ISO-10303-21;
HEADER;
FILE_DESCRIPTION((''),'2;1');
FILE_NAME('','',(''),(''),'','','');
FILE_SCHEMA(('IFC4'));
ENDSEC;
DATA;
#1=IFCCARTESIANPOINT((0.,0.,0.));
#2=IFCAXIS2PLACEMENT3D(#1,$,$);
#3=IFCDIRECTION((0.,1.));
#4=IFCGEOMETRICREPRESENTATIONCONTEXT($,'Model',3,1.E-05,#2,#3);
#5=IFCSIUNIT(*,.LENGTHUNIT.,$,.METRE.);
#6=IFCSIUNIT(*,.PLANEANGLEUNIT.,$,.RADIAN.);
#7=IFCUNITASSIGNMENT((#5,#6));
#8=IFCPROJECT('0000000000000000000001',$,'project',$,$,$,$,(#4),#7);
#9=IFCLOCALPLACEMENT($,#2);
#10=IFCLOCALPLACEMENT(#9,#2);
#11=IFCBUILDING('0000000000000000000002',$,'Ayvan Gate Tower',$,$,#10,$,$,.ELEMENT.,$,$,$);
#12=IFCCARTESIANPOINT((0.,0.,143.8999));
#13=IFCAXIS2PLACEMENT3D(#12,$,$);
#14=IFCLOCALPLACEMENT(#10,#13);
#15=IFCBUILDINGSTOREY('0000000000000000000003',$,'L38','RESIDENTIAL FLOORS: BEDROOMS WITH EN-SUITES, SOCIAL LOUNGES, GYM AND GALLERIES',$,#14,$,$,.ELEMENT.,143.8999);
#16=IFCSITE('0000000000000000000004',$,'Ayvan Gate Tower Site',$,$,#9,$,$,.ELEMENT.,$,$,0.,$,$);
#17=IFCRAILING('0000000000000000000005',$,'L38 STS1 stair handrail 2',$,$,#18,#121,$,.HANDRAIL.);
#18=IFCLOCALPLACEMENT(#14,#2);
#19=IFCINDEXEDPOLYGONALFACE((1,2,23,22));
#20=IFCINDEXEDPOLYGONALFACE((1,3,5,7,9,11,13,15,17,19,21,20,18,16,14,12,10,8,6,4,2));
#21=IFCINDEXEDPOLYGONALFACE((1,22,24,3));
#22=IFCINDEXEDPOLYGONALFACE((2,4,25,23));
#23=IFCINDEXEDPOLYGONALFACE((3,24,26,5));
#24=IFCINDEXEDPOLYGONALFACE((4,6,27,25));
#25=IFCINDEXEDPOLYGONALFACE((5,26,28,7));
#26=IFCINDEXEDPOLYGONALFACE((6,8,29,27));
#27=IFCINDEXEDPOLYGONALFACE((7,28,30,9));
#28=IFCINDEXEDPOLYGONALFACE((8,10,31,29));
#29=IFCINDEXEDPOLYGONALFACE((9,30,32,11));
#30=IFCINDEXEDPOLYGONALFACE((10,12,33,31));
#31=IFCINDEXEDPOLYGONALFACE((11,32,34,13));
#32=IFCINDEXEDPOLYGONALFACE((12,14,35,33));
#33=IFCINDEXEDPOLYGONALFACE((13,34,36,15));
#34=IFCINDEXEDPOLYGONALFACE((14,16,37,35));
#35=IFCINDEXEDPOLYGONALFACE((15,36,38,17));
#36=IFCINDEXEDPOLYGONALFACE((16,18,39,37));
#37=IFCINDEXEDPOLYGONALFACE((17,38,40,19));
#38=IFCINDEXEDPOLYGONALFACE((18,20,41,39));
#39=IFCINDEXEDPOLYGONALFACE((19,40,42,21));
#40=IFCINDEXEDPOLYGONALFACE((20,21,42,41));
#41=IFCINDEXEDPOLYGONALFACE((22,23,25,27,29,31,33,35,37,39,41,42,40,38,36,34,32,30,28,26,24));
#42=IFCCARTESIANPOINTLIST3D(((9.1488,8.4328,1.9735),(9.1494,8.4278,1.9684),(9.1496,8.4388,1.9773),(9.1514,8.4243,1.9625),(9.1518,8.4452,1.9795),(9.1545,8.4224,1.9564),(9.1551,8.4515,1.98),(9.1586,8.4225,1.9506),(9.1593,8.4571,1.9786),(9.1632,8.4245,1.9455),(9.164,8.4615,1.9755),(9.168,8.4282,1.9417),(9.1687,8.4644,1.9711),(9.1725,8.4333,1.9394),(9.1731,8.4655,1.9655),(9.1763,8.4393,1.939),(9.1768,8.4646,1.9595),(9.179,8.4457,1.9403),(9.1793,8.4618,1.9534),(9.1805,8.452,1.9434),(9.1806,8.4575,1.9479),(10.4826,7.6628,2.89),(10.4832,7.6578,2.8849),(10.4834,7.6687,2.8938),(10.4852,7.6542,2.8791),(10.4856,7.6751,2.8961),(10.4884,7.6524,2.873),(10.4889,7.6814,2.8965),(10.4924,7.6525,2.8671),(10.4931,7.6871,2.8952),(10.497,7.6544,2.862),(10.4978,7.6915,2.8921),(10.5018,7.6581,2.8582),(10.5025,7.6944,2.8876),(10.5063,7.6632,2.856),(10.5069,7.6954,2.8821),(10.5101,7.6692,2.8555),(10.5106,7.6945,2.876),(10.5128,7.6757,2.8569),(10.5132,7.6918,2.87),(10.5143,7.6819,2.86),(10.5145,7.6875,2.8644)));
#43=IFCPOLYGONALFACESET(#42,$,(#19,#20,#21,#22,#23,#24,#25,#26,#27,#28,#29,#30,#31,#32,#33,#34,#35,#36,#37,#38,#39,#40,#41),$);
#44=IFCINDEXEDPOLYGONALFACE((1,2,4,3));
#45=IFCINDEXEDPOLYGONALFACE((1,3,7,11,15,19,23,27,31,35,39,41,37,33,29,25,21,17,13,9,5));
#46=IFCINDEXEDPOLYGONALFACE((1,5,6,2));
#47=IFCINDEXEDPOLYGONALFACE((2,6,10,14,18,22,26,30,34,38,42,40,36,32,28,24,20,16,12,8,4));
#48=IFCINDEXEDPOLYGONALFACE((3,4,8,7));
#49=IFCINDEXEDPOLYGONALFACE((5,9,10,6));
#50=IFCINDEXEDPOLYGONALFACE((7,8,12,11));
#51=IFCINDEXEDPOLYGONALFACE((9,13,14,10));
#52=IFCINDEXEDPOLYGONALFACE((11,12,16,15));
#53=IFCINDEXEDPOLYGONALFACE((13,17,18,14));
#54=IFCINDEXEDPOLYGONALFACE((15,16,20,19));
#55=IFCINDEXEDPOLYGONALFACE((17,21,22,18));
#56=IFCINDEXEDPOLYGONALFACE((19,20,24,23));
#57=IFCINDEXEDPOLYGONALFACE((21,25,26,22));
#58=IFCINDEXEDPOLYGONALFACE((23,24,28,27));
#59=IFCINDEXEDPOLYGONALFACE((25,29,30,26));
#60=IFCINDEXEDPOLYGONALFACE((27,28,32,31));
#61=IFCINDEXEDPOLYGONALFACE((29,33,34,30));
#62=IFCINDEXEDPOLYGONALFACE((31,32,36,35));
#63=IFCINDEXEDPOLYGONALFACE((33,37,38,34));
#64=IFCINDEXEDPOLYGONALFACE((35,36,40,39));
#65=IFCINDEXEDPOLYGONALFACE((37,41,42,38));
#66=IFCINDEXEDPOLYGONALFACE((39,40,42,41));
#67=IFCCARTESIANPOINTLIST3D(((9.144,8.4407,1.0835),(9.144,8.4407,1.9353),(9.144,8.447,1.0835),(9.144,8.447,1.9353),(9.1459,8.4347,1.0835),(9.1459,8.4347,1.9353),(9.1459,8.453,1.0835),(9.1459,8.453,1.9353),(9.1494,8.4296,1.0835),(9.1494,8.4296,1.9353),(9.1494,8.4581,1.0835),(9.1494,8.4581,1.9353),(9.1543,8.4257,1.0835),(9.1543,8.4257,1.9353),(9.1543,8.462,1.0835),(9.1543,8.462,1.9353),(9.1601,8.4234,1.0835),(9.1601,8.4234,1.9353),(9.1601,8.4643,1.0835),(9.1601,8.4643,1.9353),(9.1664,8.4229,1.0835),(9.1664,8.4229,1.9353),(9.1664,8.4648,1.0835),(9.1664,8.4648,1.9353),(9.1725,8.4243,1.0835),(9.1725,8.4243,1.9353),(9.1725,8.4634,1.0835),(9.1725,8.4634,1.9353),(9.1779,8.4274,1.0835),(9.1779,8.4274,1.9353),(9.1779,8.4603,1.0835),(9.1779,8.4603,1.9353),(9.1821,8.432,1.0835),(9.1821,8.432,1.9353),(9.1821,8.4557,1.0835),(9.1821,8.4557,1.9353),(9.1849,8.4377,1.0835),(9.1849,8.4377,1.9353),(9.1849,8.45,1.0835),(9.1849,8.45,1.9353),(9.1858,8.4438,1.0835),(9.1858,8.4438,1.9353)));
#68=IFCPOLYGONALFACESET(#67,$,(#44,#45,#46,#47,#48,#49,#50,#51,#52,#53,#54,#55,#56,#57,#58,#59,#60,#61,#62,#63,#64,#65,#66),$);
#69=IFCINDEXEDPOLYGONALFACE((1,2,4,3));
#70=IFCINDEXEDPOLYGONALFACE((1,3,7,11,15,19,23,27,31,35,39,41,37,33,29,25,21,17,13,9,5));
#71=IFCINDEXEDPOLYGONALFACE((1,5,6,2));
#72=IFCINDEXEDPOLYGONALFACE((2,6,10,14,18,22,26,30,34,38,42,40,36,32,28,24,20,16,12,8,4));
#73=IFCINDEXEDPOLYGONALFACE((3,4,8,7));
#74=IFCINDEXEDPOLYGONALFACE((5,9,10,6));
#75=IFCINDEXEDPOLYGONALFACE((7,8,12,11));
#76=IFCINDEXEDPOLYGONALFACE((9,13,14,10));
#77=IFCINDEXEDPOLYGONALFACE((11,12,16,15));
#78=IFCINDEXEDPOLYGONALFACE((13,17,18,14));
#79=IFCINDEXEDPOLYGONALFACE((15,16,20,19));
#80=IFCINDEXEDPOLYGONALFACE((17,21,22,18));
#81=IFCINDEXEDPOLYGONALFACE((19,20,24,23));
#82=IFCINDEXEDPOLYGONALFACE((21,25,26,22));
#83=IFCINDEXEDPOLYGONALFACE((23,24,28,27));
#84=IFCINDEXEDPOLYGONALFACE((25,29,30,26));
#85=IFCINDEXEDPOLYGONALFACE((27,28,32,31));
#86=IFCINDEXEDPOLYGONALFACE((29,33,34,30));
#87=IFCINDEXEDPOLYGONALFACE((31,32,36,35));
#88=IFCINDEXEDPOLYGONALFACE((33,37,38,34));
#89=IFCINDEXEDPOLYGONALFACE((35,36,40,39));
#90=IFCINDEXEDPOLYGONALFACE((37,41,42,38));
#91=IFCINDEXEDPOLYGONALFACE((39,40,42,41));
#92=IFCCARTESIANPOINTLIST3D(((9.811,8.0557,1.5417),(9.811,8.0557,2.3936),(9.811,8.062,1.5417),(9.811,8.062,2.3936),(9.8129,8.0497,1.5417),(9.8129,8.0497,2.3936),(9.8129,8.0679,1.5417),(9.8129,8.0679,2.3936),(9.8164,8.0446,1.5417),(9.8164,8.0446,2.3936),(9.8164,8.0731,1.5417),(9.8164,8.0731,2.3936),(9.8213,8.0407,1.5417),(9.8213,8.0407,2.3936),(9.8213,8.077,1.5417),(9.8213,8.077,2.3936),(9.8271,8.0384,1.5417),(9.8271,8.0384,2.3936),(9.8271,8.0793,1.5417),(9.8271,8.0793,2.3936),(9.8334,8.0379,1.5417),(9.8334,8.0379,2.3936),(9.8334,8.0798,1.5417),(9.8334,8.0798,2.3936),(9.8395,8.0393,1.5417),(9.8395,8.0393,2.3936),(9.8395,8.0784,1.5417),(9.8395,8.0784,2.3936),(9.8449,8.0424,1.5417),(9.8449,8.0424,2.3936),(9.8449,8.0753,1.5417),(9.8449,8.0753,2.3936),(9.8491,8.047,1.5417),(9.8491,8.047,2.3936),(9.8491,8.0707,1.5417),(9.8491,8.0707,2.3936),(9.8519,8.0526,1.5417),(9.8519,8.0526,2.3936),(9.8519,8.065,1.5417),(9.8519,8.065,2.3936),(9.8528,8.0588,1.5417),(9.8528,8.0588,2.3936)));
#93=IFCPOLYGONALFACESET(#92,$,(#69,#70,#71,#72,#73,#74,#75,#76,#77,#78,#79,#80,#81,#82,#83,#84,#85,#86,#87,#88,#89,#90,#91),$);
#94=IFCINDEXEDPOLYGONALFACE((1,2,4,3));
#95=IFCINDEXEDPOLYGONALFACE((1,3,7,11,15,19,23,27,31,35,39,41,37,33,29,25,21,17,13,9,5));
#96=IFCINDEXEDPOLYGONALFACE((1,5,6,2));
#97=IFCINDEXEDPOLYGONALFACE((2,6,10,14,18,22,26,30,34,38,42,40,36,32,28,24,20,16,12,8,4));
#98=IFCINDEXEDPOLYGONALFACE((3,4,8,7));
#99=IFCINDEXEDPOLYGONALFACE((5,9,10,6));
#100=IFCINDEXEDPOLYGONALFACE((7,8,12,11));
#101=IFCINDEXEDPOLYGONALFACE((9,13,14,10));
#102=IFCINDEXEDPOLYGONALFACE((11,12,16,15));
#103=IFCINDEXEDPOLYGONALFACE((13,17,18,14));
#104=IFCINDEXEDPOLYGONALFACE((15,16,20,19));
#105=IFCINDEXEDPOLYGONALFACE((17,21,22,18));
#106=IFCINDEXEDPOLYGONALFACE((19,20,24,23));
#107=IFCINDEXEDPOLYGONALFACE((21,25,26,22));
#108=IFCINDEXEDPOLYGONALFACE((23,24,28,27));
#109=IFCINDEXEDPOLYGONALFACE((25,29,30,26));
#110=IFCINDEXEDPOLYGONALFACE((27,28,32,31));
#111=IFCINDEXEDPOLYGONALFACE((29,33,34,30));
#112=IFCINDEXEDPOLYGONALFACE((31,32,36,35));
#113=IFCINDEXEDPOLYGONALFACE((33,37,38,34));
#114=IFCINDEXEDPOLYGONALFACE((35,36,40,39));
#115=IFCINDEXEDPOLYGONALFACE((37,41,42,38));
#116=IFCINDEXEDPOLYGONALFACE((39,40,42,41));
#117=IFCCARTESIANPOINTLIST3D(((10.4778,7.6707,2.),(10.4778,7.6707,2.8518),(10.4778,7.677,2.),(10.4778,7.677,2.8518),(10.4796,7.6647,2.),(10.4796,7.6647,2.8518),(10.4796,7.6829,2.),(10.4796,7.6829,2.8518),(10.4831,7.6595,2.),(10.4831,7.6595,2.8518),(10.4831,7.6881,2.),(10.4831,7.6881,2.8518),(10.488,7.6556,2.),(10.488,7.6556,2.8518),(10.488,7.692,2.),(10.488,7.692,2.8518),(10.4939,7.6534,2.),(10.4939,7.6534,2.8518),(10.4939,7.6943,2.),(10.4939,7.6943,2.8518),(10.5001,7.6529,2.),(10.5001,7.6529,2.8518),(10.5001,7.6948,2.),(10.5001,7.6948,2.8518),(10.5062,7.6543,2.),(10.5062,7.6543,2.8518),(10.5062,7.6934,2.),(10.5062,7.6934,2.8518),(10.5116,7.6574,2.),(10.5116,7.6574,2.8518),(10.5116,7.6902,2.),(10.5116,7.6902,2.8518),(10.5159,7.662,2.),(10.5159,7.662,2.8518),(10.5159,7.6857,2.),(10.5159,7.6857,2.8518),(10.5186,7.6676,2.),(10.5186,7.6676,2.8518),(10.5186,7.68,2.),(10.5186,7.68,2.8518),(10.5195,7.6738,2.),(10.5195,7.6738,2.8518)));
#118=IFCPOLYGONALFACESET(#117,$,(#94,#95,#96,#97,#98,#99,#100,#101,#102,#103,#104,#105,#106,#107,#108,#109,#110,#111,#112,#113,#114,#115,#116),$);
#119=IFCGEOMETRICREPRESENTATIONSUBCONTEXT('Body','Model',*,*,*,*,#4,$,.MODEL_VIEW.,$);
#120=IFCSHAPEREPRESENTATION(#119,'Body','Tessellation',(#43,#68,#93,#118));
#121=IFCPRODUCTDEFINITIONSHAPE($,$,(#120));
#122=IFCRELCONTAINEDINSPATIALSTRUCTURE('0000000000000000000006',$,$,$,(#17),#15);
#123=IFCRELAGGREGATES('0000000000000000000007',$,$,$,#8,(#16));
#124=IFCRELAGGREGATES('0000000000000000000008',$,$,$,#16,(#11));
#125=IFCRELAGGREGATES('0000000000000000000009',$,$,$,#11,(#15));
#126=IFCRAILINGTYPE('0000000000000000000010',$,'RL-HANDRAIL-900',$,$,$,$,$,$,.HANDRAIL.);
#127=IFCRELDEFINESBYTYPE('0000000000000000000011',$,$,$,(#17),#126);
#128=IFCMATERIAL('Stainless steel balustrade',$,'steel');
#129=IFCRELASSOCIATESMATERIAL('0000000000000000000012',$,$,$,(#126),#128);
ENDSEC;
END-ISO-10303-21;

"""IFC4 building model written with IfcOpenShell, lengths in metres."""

from ifc_helpers import new_model, si_unit, direction, frame, origin, origin_2d, place, context, subcontext, project, spatial, circle, extrude, material, type_object, element, save


model = new_model("IFC4")

# Units and contexts
model_context = context("Model", 3, precision=1e-05, world=origin(), true_north=direction((0.0, 1.0)))
body_context = subcontext(model_context, "Body", "Model", "MODEL_VIEW")
ifc_project = project(units=[si_unit("LENGTHUNIT", "METRE"), si_unit("PLANEANGLEUNIT", "RADIAN")], contexts=[model_context])

# Site, building, storey
site_placement = place(None, origin())
site = spatial("IfcSite", under=ifc_project, at=site_placement, Name="Ayvan Gate Tower Site", CompositionType="ELEMENT", RefElevation=0.0)
building_placement = place(site_placement, origin())
building = spatial("IfcBuilding", under=site, at=building_placement, Name="Ayvan Gate Tower", CompositionType="ELEMENT")
storey_placement = place(building_placement, frame((0.0, 0.0, 143.8999)))
storey = spatial("IfcBuildingStorey", under=building, at=storey_placement, Name="L38", Description="RESIDENTIAL FLOORS: BEDROOMS WITH EN-SUITES, SOCIAL LOUNGES, GYM AND GALLERIES", CompositionType="ELEMENT", Elevation=143.8999)

# Railing
ifc_material_1 = material(Name="Stainless steel balustrade", Category="steel")
railing_type_1 = type_object("IfcRailingType", Name="RL-HANDRAIL-900", PredefinedType="HANDRAIL", material=ifc_material_1)
railing_1_placement = place(storey_placement, frame((9.1648, 8.4438, 1.0835)))
element("IfcRailing", 1, at=railing_1_placement, inside=storey, type_object=railing_type_1, Name="L38 STS1 stair handrail 2", PredefinedType="HANDRAIL", context=body_context, shape_type="SweptSolid", body=[
    extrude(circle(Radius=0.0239, at=origin_2d()), frame((0.0, 0.0, 0.876), z_axis=(0.744216, -0.429664, 0.511401), x_axis=(0.499992, 0.86603, 0.0)), (0.0, 0.0, 1.0), 1.7922),
    extrude(circle(Radius=0.021, at=origin_2d()), origin(), (0.0, 0.0, 1.0), 0.8518),
    extrude(circle(Radius=0.021, at=origin_2d()), frame((0.667, -0.385, 0.4583)), (0.0, 0.0, 1.0), 0.8518),
    extrude(circle(Radius=0.021, at=origin_2d()), frame((1.3337, -0.77, 0.9165)), (0.0, 0.0, 1.0), 0.8518),
])

save(model, "model.ifc")
